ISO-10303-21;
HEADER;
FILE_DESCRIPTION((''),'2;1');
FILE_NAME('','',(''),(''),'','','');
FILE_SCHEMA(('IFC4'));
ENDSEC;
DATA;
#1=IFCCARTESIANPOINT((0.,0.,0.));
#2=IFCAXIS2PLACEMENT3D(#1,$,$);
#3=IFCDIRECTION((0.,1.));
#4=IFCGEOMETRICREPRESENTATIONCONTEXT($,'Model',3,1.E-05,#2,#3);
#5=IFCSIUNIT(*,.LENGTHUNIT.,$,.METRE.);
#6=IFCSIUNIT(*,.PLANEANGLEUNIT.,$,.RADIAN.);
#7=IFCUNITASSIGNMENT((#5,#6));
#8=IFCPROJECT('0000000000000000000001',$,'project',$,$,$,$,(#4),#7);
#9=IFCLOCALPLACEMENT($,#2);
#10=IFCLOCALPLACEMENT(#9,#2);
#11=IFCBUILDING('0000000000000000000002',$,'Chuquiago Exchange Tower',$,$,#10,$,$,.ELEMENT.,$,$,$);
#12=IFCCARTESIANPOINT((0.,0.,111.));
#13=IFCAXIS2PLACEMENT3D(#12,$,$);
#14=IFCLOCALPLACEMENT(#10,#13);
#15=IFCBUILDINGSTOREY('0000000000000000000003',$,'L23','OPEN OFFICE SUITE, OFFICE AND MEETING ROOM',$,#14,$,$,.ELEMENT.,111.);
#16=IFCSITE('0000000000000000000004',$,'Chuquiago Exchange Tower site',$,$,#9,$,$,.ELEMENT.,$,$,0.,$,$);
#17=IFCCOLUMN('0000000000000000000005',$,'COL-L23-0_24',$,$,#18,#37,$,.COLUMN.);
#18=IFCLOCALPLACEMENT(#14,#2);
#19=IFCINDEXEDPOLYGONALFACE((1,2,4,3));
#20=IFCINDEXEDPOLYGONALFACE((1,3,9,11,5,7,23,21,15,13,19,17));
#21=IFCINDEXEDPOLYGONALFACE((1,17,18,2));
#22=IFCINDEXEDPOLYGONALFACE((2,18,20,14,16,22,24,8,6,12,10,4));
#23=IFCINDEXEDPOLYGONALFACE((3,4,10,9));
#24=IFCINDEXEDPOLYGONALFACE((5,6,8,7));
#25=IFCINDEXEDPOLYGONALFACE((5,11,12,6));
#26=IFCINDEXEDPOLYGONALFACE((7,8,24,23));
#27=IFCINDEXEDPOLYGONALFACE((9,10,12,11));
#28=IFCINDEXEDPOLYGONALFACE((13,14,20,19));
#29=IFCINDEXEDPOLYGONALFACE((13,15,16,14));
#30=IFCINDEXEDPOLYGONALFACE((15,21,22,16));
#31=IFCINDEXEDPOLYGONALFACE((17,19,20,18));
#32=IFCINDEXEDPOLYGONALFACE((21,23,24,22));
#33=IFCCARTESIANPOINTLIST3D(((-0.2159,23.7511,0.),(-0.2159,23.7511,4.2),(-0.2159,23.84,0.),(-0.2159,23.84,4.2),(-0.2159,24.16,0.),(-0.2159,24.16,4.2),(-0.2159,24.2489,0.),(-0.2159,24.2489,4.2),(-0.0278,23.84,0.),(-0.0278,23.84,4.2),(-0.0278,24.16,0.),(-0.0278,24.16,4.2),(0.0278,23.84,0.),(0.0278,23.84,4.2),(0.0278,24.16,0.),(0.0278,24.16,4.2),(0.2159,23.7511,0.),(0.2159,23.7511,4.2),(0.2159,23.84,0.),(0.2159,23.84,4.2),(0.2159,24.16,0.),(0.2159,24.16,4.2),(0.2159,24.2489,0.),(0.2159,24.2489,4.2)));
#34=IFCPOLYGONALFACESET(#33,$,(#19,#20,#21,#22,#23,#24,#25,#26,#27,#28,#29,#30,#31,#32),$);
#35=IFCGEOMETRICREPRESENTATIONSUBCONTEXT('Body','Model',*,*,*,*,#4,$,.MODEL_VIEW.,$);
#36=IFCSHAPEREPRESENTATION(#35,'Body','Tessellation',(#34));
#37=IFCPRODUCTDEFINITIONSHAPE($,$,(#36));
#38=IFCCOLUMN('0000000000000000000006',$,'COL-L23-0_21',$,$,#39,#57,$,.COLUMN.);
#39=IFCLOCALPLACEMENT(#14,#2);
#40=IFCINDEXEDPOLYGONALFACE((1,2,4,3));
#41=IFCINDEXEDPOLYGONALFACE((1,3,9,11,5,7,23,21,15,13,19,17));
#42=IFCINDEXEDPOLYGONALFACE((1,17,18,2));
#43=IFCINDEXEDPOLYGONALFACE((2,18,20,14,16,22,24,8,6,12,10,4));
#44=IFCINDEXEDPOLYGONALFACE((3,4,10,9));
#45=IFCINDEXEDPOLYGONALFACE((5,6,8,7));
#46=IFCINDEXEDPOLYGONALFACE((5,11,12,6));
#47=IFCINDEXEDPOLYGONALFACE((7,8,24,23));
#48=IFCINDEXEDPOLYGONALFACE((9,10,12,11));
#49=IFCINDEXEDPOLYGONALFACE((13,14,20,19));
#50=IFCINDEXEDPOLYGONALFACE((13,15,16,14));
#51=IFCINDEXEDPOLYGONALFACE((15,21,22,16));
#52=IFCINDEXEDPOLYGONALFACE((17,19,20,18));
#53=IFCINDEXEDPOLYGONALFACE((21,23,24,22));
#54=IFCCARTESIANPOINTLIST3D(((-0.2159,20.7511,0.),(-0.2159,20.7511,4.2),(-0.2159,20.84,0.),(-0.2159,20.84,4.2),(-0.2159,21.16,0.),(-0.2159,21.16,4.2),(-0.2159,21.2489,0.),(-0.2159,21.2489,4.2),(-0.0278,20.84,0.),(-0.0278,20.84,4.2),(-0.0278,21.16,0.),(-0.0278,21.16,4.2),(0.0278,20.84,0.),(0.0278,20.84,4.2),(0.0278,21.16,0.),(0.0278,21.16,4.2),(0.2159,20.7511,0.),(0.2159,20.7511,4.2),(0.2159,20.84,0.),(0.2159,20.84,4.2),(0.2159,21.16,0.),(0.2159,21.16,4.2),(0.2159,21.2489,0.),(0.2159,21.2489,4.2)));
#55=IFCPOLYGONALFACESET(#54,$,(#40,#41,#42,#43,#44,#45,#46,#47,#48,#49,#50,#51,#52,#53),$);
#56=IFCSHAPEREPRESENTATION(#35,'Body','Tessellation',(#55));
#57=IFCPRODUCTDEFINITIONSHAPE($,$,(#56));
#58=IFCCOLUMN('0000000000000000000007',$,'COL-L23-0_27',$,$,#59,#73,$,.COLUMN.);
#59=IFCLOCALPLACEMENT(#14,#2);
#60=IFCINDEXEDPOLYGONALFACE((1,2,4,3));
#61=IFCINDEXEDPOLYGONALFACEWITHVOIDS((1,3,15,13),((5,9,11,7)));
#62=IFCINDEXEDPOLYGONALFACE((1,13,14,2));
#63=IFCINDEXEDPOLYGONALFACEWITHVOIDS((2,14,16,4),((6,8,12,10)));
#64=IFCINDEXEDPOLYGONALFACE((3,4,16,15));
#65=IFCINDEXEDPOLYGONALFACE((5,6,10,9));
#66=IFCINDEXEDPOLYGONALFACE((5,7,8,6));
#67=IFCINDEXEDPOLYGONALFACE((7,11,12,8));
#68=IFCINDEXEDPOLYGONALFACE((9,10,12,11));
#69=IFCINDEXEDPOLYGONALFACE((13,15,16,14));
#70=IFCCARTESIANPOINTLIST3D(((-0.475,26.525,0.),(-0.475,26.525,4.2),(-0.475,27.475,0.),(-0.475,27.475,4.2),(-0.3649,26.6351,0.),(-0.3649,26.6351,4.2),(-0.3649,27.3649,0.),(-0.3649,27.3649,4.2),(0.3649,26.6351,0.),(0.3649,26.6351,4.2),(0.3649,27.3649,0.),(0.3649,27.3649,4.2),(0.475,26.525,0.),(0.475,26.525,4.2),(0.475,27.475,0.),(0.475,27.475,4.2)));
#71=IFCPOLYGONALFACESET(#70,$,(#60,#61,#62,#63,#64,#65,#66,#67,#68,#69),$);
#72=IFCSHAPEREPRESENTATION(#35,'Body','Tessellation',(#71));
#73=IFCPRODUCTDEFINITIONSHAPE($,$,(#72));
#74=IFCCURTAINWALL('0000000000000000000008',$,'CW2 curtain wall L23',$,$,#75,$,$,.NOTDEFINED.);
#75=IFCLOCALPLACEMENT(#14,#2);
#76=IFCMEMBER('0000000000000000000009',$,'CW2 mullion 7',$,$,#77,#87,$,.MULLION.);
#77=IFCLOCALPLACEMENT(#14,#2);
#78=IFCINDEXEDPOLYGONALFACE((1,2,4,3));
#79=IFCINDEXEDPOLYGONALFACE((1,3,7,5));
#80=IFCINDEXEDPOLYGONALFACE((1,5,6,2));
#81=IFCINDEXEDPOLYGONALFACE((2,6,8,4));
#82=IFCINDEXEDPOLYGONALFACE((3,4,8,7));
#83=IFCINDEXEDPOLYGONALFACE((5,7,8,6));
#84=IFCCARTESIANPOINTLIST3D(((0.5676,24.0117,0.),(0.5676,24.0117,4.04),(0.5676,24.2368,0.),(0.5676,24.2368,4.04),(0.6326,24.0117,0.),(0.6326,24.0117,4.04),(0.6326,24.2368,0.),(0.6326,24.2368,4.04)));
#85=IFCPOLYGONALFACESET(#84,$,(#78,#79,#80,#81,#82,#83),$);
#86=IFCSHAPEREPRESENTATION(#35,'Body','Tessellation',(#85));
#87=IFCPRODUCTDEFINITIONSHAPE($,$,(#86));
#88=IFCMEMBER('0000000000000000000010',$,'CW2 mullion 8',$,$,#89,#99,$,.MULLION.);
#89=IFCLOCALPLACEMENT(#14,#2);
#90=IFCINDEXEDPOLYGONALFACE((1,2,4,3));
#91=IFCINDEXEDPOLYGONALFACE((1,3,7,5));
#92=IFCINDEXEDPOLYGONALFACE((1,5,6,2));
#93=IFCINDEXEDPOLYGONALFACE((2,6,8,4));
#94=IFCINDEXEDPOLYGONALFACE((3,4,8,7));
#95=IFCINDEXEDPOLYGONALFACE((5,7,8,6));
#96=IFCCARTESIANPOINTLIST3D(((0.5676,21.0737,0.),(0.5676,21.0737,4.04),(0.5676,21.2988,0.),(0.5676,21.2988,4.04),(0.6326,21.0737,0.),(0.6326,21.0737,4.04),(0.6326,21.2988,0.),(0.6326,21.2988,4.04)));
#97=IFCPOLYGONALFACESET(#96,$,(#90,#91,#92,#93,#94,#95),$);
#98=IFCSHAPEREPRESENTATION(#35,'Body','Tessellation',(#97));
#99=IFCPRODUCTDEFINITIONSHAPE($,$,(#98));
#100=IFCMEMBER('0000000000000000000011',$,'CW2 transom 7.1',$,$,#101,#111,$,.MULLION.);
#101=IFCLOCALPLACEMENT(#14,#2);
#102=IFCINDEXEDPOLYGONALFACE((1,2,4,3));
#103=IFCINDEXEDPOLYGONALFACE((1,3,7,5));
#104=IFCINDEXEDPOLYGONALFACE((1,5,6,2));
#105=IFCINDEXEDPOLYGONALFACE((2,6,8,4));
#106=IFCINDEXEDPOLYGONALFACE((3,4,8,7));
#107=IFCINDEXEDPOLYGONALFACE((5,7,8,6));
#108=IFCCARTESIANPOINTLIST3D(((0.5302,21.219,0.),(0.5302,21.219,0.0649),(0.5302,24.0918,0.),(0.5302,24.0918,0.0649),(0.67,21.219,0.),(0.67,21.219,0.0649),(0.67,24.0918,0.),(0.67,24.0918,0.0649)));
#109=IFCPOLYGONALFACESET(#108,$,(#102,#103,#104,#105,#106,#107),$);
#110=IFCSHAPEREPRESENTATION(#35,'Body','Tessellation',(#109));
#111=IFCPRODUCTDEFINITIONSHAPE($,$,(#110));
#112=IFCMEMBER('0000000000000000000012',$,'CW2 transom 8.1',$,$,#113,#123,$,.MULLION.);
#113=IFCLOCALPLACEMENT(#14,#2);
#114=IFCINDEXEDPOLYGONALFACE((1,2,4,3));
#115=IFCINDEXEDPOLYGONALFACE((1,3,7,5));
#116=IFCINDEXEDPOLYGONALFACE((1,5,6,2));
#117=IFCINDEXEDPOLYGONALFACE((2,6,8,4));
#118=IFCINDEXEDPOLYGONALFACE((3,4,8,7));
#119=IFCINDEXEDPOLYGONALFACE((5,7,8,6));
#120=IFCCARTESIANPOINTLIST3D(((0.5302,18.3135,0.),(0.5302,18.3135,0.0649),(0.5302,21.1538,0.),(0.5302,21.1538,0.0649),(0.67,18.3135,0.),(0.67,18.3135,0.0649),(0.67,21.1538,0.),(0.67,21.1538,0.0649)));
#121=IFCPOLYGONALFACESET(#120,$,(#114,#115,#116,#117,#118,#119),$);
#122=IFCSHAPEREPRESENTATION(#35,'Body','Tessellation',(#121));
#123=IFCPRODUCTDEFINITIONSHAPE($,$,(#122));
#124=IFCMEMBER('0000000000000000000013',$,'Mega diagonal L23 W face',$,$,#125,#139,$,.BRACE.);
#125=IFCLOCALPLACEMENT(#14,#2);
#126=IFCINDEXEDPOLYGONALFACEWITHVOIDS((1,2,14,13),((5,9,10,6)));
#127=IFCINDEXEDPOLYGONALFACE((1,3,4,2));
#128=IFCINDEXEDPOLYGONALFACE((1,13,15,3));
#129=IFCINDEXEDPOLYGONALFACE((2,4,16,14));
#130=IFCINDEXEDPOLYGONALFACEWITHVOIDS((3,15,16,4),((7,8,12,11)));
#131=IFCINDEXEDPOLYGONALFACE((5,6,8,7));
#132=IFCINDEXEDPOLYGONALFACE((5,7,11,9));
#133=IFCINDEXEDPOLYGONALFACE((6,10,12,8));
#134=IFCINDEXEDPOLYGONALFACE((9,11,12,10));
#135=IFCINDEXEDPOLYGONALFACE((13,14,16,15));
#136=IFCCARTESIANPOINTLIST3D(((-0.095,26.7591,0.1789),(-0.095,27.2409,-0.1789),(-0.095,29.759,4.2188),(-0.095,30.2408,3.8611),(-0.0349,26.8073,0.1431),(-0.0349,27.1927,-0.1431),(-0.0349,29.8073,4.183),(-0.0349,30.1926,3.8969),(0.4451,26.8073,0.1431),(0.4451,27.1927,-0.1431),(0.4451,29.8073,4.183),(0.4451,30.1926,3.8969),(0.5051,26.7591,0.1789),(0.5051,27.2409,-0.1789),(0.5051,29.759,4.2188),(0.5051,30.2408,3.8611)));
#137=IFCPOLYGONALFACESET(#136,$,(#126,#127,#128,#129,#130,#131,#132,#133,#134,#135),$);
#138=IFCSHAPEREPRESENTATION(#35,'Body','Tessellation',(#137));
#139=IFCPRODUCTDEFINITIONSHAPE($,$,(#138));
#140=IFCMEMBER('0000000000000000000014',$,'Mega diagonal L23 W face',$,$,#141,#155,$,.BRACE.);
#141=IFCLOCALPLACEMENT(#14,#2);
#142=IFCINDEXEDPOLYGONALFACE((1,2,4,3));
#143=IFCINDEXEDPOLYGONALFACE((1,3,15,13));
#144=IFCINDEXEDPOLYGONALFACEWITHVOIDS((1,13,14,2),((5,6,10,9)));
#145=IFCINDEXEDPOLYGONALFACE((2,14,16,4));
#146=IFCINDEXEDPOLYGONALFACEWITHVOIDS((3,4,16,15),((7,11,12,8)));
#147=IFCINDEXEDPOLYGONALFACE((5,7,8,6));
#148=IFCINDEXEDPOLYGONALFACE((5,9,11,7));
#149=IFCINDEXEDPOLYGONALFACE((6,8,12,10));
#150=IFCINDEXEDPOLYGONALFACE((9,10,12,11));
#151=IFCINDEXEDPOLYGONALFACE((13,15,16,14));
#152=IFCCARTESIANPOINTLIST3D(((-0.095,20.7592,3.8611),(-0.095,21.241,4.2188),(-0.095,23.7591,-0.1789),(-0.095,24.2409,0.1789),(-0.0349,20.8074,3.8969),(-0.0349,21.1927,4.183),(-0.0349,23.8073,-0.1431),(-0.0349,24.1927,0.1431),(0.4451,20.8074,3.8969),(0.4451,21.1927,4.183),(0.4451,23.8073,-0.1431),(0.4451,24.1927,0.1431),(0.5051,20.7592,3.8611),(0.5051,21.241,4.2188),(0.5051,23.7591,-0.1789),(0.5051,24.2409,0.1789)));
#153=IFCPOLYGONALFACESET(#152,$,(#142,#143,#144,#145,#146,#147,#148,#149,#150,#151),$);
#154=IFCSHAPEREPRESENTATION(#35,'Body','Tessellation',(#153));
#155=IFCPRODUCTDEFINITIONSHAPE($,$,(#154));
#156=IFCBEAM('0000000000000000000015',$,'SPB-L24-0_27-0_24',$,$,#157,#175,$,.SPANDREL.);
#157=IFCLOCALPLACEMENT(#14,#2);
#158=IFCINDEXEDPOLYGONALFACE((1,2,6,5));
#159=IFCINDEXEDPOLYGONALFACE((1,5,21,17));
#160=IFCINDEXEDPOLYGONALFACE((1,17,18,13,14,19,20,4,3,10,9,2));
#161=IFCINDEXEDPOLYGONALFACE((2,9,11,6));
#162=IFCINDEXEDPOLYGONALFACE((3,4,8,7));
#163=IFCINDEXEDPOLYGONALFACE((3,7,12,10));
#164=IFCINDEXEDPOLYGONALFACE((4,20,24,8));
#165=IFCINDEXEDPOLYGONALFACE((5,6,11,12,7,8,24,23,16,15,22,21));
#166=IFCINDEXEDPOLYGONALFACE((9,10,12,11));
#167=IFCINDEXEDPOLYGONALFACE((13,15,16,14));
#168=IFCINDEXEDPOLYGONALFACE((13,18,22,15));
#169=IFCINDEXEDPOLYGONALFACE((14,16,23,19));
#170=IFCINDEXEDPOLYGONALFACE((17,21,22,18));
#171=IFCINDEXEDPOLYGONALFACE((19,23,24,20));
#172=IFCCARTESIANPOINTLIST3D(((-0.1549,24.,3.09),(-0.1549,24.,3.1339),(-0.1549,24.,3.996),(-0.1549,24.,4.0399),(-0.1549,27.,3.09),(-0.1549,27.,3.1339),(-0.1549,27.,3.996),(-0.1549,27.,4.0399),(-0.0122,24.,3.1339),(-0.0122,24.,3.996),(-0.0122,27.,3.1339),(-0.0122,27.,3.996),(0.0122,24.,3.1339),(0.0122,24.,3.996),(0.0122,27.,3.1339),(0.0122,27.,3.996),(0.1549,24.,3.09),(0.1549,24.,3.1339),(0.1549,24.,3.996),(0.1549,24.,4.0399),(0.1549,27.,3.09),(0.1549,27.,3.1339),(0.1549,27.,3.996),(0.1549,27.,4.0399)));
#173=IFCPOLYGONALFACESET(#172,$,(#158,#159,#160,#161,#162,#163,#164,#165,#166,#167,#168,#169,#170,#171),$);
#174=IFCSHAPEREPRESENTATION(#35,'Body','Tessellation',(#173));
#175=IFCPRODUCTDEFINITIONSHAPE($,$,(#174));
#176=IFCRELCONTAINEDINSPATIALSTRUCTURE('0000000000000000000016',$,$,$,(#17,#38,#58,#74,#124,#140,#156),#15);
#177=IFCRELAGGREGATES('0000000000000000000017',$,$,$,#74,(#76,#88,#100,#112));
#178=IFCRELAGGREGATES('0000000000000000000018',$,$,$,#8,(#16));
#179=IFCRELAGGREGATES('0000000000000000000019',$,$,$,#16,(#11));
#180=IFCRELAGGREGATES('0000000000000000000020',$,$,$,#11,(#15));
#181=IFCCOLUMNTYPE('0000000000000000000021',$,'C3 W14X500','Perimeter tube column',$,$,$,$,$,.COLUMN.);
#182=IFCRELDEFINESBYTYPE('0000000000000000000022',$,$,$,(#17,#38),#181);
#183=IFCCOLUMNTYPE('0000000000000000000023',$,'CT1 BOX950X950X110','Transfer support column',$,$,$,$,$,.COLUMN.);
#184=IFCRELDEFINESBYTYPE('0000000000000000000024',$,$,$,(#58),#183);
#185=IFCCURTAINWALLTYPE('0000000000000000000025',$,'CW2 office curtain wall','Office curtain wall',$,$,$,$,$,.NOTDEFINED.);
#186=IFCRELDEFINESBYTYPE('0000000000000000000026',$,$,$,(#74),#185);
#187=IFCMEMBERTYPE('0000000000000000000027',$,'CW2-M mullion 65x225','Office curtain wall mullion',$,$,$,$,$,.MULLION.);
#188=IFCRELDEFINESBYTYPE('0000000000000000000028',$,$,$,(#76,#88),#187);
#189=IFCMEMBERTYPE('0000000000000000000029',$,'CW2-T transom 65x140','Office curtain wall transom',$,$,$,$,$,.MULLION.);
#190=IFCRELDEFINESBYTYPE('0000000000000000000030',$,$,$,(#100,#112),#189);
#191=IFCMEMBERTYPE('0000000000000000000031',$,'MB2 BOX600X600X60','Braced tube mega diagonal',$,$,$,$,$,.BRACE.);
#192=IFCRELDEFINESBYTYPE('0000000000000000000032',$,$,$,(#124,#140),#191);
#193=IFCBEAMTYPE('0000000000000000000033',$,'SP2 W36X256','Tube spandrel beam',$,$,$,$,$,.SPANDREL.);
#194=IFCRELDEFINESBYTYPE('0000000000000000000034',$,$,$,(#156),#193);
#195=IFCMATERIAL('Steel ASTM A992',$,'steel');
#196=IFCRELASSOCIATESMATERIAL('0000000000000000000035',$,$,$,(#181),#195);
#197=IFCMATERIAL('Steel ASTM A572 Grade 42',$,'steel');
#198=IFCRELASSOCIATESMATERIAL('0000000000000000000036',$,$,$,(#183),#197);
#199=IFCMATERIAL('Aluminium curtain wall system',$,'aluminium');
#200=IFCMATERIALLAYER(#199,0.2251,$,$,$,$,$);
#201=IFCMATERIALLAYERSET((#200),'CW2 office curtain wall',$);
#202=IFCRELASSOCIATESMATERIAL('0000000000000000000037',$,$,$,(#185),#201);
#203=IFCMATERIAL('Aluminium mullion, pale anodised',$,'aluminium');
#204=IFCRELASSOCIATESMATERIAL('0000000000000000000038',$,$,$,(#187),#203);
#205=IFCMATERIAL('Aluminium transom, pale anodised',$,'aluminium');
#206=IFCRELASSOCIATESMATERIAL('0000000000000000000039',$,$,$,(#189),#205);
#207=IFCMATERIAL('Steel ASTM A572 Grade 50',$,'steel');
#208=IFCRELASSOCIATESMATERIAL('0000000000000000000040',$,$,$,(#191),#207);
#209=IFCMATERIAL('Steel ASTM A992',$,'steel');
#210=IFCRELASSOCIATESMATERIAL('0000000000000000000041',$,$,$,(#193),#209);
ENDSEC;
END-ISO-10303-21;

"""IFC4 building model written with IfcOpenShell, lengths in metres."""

from ifc_helpers import new_model, si_unit, direction, frame, origin, origin_2d, place, context, subcontext, project, spatial, rectangle, hollow_rectangle, i_section, extrude, material, layer, layer_set, material_profile, profile_set, type_object, element, aggregate, save


model = new_model("IFC4")

# Units and contexts
model_context = context("Model", 3, precision=1e-05, world=origin(), true_north=direction((0.0, 1.0)))
body_context = subcontext(model_context, "Body", "Model", "MODEL_VIEW")
ifc_project = project(units=[si_unit("LENGTHUNIT", "METRE"), si_unit("PLANEANGLEUNIT", "RADIAN")], contexts=[model_context])

# Site, building, storey
site_placement = place(None, origin())
site = spatial("IfcSite", under=ifc_project, at=site_placement, Name="Chuquiago Exchange Tower site", CompositionType="ELEMENT", RefElevation=0.0)
building_placement = place(site_placement, origin())
building = spatial("IfcBuilding", under=site, at=building_placement, Name="Chuquiago Exchange Tower", CompositionType="ELEMENT")
storey_placement = place(building_placement, frame((0.0, 0.0, 111.0)))
storey = spatial("IfcBuildingStorey", under=building, at=storey_placement, Name="L23", Description="OPEN OFFICE SUITE, OFFICE AND MEETING ROOM", CompositionType="ELEMENT", Elevation=111.0)

# Columns
ifc_material_1 = material(Name="Steel ASTM A992", Category="steel")
ifc_material_profile_1 = material_profile(ifc_material_1, i_section(OverallWidth=0.4319, OverallDepth=0.4978, WebThickness=0.0557, FlangeThickness=0.0889, at=origin_2d()), Name="W14X500")
ifc_profile_set_1 = profile_set([ifc_material_profile_1], Name="Steel ASTM A992")
column_type_1 = type_object("IfcColumnType", Name="C3 W14X500", Description="Perimeter tube column", PredefinedType="COLUMN", material=ifc_profile_set_1)
for number, where, z_axis, x_axis, name in (
    (1, (0.0, 24.0, 0.0), (0.0, 0.0, 1.0), (-1.0, 0.0, 0.0), "COL-L23-0_24"),
    (2, (0.0, 21.0, 0.0), (0.0, 0.0, 1.0), (-1.0, 0.0, 0.0), "COL-L23-0_21"),
):
    element("IfcColumn", number, at=place(storey_placement, frame(where, z_axis=z_axis, x_axis=x_axis)), inside=storey, type_object=column_type_1, Name=name, PredefinedType="COLUMN", context=body_context, shape_type="SweptSolid", body=[
        extrude(i_section(OverallWidth=0.4319, OverallDepth=0.4978, WebThickness=0.0557, FlangeThickness=0.0889, at=origin_2d()), origin(), (0.0, 0.0, 1.0), 4.2),
    ])
ifc_material_2 = material(Name="Steel ASTM A572 Grade 42", Category="steel")
ifc_material_profile_2 = material_profile(ifc_material_2, hollow_rectangle(XDim=0.95, YDim=0.95, WallThickness=0.1101, at=origin_2d()), Name="BOX950X950X110")
ifc_profile_set_2 = profile_set([ifc_material_profile_2], Name="Steel ASTM A572 Grade 42")
column_type_2 = type_object("IfcColumnType", Name="CT1 BOX950X950X110", Description="Transfer support column", PredefinedType="COLUMN", material=ifc_profile_set_2)
column_placement = place(storey_placement, frame((0.0, 27.0, 0.0), z_axis=(0.0, 0.0, 1.0), x_axis=(-1.0, 0.0, 0.0)))
element("IfcColumn", 3, at=column_placement, inside=storey, type_object=column_type_2, Name="COL-L23-0_27", PredefinedType="COLUMN", context=body_context, shape_type="SweptSolid", body=[
    extrude(hollow_rectangle(XDim=0.95, YDim=0.95, WallThickness=0.1101, at=origin_2d()), origin(), (0.0, 0.0, 1.0), 4.2),
])

# Curtain wall, members
ifc_material_3 = material(Name="Aluminium curtain wall system", Category="aluminium")
ifc_layer_1 = layer(ifc_material_3, 0.2251)
ifc_layer_set_1 = layer_set([ifc_layer_1], Name="CW2 office curtain wall")
curtain_wall_type = type_object("IfcCurtainWallType", Name="CW2 office curtain wall", Description="Office curtain wall", PredefinedType="NOTDEFINED", material=ifc_layer_set_1)
curtain_wall_placement = place(storey_placement, origin())
curtain_wall = element("IfcCurtainWall", 4, at=curtain_wall_placement, inside=storey, type_object=curtain_wall_type, Name="CW2 curtain wall L23", PredefinedType="NOTDEFINED")
ifc_material_4 = material(Name="Aluminium mullion, pale anodised", Category="aluminium")
ifc_material_profile_3 = material_profile(ifc_material_4, rectangle(XDim=0.0649, YDim=0.2251, at=origin_2d()), Name="AL 65x225")
ifc_profile_set_3 = profile_set([ifc_material_profile_3], Name="Aluminium mullion, pale anodised")
member_type_1 = type_object("IfcMemberType", Name="CW2-M mullion 65x225", Description="Office curtain wall mullion", PredefinedType="MULLION", material=ifc_profile_set_3)
member_1_placement = place(storey_placement, frame((0.6001, 24.1243, 0.0), z_axis=(0.0, 0.0, 1.0), x_axis=(1.0, 0.0, 0.0)))
member_1 = element("IfcMember", 5, at=member_1_placement, type_object=member_type_1, Name="CW2 mullion 7", PredefinedType="MULLION", context=body_context, shape_type="SweptSolid", body=[
    extrude(rectangle(XDim=0.0649, YDim=0.2251, at=origin_2d()), origin(), (0.0, 0.0, 1.0), 4.04),
])
member_2_placement = place(storey_placement, frame((0.6001, 21.1863, 0.0), z_axis=(0.0, 0.0, 1.0), x_axis=(1.0, 0.0, 0.0)))
member_2 = element("IfcMember", 6, at=member_2_placement, type_object=member_type_1, Name="CW2 mullion 8", PredefinedType="MULLION", context=body_context, shape_type="SweptSolid", body=[
    extrude(rectangle(XDim=0.0649, YDim=0.2251, at=origin_2d()), origin(), (0.0, 0.0, 1.0), 4.04),
])
ifc_material_5 = material(Name="Aluminium transom, pale anodised", Category="aluminium")
ifc_material_profile_4 = material_profile(ifc_material_5, rectangle(XDim=0.1399, YDim=0.0649, at=origin_2d()), Name="AL 140x65")
ifc_profile_set_4 = profile_set([ifc_material_profile_4], Name="Aluminium transom, pale anodised")
member_type_2 = type_object("IfcMemberType", Name="CW2-T transom 65x140", Description="Office curtain wall transom", PredefinedType="MULLION", material=ifc_profile_set_4)
member_3_placement = place(storey_placement, frame((0.6001, 24.0918, 0.0325), z_axis=(0.0, -1.0, 0.0), x_axis=(1.0, 0.0, 0.0)))
member_3 = element("IfcMember", 7, at=member_3_placement, type_object=member_type_2, Name="CW2 transom 7.1", PredefinedType="MULLION", context=body_context, shape_type="SweptSolid", body=[
    extrude(rectangle(XDim=0.1399, YDim=0.0649, at=origin_2d()), origin(), (0.0, 0.0, 1.0), 2.8728),
])
member_4_placement = place(storey_placement, frame((0.6001, 21.1538, 0.0325), z_axis=(0.0, -1.0, 0.0), x_axis=(1.0, 0.0, 0.0)))
member_4 = element("IfcMember", 8, at=member_4_placement, type_object=member_type_2, Name="CW2 transom 8.1", PredefinedType="MULLION", context=body_context, shape_type="SweptSolid", body=[
    extrude(rectangle(XDim=0.1399, YDim=0.0649, at=origin_2d()), origin(), (0.0, 0.0, 1.0), 2.8403),
])

# Members
ifc_material_6 = material(Name="Steel ASTM A572 Grade 50", Category="steel")
ifc_material_profile_5 = material_profile(ifc_material_6, hollow_rectangle(XDim=0.6001, YDim=0.6001, WallThickness=0.0601, at=origin_2d()), Name="BOX600X600X60")
ifc_profile_set_5 = profile_set([ifc_material_profile_5], Name="Steel ASTM A572 Grade 50")
member_type_3 = type_object("IfcMemberType", Name="MB2 BOX600X600X60", Description="Braced tube mega diagonal", PredefinedType="BRACE", material=ifc_profile_set_5)
for number, where, z_axis, x_axis, name in (
    (9, (0.2051, 27.0, 0.0), (0.0, 0.596174, 0.802855), (-1.0, 0.0, 0.0), "Mega diagonal L23 W face"),
    (10, (0.2051, 24.0, 0.0), (0.0, -0.596174, 0.802855), (1.0, 0.0, 0.0), "Mega diagonal L23 W face"),
):
    element("IfcMember", number, at=place(storey_placement, frame(where, z_axis=z_axis, x_axis=x_axis)), inside=storey, type_object=member_type_3, Name=name, PredefinedType="BRACE", context=body_context, shape_type="SweptSolid", body=[
        extrude(hollow_rectangle(XDim=0.6001, YDim=0.6001, WallThickness=0.0601, at=origin_2d()), origin(), (0.0, 0.0, 1.0), 5.032),
    ])

# Beam
ifc_material_7 = material(Name="Steel ASTM A992", Category="steel")
ifc_material_profile_6 = material_profile(ifc_material_7, i_section(OverallWidth=0.3098, OverallDepth=0.95, WebThickness=0.0244, FlangeThickness=0.0439, at=origin_2d()), Name="W36X256")
ifc_profile_set_6 = profile_set([ifc_material_profile_6], Name="Steel ASTM A992")
beam_type = type_object("IfcBeamType", Name="SP2 W36X256", Description="Tube spandrel beam", PredefinedType="SPANDREL", material=ifc_profile_set_6)
for number, where, z_axis, x_axis, name in (
    (11, (0.0, 27.0, 3.5649), (0.0, -1.0, 0.0), (1.0, 0.0, 0.0), "SPB-L24-0_27-0_24"),
):
    element("IfcBeam", number, at=place(storey_placement, frame(where, z_axis=z_axis, x_axis=x_axis)), inside=storey, type_object=beam_type, Name=name, PredefinedType="SPANDREL", context=body_context, shape_type="SweptSolid", body=[
        extrude(i_section(OverallWidth=0.3098, OverallDepth=0.95, WebThickness=0.0244, FlangeThickness=0.0439, at=origin_2d()), origin(), (0.0, 0.0, 1.0), 3.0),
    ])

aggregate(curtain_wall, [member_1, member_2, member_3, member_4])

save(model, "model.ifc")
